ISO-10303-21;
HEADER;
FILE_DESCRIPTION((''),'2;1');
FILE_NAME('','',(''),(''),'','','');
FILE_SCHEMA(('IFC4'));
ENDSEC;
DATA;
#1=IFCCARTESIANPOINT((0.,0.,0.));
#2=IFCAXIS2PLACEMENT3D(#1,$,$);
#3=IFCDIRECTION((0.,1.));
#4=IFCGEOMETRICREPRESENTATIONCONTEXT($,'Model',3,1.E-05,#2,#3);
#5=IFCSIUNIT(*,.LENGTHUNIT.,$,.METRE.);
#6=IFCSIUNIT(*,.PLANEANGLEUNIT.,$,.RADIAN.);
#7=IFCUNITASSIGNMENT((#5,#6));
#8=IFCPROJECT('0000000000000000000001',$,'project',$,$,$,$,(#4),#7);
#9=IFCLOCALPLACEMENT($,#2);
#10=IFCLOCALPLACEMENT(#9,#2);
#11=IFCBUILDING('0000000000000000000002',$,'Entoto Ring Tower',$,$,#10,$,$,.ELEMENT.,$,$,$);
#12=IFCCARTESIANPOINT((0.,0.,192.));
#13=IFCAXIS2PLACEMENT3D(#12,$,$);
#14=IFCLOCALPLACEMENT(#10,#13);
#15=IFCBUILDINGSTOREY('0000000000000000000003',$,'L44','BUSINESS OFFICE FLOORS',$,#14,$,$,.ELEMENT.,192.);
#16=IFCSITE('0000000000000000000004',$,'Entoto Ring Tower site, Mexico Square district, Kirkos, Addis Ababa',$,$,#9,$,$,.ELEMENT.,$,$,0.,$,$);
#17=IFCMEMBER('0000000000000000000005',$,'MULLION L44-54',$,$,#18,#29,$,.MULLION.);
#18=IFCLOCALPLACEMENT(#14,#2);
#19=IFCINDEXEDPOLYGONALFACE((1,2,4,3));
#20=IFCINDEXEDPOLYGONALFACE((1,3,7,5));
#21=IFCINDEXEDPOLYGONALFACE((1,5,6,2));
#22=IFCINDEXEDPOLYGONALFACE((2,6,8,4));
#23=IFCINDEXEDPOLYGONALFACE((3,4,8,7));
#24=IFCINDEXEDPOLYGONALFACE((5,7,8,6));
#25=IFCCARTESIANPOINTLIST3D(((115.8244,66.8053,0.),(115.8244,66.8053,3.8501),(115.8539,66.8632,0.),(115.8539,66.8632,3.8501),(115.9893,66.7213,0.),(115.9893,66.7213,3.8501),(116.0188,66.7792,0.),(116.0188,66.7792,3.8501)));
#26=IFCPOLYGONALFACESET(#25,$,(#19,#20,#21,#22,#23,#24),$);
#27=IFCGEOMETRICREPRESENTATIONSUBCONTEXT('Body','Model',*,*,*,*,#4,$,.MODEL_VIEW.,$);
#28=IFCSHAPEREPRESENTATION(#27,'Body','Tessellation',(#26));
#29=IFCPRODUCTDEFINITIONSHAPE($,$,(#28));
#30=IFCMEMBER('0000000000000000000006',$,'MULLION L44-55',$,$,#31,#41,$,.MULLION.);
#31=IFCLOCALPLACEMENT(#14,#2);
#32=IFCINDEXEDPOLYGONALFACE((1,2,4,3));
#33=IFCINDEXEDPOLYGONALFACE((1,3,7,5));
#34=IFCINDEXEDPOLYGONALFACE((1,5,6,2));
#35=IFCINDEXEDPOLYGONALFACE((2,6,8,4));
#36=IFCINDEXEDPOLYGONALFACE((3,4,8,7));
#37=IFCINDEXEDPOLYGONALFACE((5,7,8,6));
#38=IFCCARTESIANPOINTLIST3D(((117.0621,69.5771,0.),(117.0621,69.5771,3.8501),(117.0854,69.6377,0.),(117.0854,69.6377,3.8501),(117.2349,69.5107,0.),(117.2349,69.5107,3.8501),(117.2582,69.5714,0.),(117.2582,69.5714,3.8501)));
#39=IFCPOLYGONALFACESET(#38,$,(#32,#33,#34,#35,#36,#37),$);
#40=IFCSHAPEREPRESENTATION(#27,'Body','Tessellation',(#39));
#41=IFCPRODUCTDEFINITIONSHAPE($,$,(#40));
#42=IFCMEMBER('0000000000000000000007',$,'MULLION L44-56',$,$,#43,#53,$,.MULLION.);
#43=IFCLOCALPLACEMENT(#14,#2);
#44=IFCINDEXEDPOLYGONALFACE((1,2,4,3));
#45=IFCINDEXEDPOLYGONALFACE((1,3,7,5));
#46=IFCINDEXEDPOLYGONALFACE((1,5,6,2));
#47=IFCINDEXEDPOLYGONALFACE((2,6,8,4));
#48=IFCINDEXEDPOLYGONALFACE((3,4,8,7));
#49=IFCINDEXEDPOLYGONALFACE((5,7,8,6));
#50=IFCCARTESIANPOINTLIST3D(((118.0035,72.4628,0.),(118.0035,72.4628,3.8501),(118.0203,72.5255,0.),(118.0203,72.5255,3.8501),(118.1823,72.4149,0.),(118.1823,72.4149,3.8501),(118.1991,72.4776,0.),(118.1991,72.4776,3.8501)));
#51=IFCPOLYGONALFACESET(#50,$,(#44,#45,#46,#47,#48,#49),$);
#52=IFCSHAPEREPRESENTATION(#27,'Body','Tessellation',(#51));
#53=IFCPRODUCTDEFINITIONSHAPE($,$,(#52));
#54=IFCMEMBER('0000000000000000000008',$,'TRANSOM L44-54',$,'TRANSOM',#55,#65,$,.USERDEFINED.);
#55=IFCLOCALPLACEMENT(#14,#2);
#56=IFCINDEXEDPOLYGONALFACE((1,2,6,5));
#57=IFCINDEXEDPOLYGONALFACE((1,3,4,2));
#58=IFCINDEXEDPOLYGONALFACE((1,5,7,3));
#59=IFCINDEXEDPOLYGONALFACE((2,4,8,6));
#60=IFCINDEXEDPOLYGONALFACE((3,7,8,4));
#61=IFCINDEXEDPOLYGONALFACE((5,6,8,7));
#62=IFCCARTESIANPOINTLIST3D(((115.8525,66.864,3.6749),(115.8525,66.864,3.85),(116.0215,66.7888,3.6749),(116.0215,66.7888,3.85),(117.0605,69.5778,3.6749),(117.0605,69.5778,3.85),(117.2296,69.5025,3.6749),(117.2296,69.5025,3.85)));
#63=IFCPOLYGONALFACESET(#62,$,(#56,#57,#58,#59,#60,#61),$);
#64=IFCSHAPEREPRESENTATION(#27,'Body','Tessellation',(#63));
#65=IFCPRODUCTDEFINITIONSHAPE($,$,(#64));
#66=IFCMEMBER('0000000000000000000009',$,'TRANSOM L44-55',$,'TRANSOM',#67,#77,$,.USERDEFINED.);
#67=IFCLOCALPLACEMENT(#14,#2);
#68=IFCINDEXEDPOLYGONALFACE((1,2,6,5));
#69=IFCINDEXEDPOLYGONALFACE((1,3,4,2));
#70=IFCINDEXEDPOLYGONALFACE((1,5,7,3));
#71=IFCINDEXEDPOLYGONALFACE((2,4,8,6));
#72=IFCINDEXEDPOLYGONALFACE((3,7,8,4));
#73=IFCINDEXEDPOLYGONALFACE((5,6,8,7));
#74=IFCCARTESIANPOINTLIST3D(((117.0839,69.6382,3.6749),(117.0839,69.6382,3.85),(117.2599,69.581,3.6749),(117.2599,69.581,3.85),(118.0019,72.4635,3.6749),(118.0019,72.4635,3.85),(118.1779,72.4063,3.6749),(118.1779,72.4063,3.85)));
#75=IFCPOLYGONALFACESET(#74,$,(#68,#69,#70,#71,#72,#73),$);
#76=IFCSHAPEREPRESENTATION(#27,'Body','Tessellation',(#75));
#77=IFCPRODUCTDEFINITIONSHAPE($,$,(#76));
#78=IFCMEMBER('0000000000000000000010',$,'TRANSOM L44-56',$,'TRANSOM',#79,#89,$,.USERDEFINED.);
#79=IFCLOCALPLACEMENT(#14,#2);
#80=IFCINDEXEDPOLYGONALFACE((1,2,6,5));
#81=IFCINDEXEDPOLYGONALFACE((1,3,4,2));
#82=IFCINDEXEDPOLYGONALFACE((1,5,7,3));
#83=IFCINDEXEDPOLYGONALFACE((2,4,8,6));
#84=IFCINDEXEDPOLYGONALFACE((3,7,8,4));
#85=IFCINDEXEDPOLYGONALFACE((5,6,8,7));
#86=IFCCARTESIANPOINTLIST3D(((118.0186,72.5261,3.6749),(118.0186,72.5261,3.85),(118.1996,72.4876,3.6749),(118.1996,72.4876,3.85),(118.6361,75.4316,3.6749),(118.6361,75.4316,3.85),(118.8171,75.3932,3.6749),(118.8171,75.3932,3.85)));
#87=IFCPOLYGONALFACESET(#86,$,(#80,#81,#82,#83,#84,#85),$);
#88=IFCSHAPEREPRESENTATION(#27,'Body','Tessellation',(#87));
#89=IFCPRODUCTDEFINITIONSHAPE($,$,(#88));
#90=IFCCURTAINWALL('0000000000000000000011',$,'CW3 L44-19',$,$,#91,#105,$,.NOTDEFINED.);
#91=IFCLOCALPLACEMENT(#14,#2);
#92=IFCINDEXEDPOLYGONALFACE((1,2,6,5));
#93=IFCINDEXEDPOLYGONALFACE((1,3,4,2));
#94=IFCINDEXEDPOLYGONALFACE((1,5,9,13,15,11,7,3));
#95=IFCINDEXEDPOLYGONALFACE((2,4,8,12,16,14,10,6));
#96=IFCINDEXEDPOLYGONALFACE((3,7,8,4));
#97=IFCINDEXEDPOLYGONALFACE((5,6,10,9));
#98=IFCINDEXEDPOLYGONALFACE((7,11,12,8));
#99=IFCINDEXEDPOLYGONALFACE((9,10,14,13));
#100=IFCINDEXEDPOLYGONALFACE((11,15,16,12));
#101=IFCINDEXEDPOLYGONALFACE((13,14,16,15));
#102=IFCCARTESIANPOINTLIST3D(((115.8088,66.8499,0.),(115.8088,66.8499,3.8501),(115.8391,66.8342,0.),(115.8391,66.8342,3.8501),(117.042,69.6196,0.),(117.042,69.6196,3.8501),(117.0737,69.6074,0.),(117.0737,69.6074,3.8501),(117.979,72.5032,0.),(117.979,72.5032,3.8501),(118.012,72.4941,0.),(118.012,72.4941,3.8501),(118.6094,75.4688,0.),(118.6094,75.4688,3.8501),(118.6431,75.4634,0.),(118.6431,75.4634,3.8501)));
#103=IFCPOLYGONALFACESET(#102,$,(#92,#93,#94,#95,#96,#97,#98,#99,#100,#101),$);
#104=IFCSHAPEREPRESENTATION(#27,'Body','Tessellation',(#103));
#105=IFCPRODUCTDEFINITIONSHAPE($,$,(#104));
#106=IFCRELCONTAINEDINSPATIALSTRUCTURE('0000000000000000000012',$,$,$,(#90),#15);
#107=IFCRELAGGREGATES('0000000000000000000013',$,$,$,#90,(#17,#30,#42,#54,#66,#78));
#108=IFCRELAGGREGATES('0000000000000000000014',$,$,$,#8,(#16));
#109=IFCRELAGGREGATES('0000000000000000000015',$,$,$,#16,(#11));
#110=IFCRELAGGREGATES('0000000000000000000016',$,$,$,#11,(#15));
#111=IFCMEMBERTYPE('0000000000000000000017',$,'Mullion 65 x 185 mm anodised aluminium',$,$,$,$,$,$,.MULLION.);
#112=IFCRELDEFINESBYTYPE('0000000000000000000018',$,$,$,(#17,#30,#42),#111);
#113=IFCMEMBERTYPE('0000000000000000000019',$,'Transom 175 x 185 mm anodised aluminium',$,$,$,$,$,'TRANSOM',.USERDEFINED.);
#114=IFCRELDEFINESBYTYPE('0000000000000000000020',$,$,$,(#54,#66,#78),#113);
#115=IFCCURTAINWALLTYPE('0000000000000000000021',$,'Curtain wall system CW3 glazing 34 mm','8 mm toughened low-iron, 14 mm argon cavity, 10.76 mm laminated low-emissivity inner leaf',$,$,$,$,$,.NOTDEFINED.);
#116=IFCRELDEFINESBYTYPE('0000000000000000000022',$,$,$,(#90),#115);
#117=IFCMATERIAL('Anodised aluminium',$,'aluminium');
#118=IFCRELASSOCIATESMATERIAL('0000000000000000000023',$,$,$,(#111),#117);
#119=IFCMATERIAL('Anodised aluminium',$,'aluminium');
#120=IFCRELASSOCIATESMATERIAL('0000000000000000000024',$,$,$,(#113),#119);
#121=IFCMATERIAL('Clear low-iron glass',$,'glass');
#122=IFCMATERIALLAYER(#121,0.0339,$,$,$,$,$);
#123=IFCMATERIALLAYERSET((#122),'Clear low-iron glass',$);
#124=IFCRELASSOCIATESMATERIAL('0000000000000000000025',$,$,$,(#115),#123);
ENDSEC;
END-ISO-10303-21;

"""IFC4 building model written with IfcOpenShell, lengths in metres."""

from ifc_helpers import new_model, si_unit, direction, frame, origin, origin_2d, place, context, subcontext, project, spatial, polyline, rectangle, outline, extrude, material, layer, layer_set, material_profile, profile_set, type_object, element, aggregate, save


model = new_model("IFC4")

# Units and contexts
model_context = context("Model", 3, precision=1e-05, world=origin(), true_north=direction((0.0, 1.0)))
body_context = subcontext(model_context, "Body", "Model", "MODEL_VIEW")
ifc_project = project(units=[si_unit("LENGTHUNIT", "METRE"), si_unit("PLANEANGLEUNIT", "RADIAN")], contexts=[model_context])

# Members
ifc_material_1 = material(Name="Anodised aluminium", Category="aluminium")
ifc_material_profile_1 = material_profile(ifc_material_1, rectangle(XDim=0.0649, YDim=0.1851, at=origin_2d()), Name="Mullion 65 x 185 mm anodised aluminium")
ifc_profile_set_1 = profile_set([ifc_material_profile_1], Name="Anodised aluminium")
member_type_1 = type_object("IfcMemberType", Name="Mullion 65 x 185 mm anodised aluminium", PredefinedType="MULLION", material=ifc_profile_set_1)
site_placement = place(None, origin())
building_placement = place(site_placement, origin())
storey_placement = place(building_placement, frame((0.0, 0.0, 192.0)))
member_1_placement = place(storey_placement, frame((115.9216, 66.7922, 0.0), z_axis=(0.0, 0.0, 1.0), x_axis=(0.45399, 0.891007, 0.0)))
member_1 = element("IfcMember", 1, at=member_1_placement, type_object=member_type_1, Name="MULLION L44-54", PredefinedType="MULLION", context=body_context, shape_type="SweptSolid", body=[
    extrude(rectangle(XDim=0.0649, YDim=0.1851, at=origin_2d()), origin(), (0.0, 0.0, 1.0), 3.8501),
])
member_2_placement = place(storey_placement, frame((117.1602, 69.5742, 0.0), z_axis=(0.0, 0.0, 1.0), x_axis=(0.358368, 0.93358, 0.0)))
member_2 = element("IfcMember", 2, at=member_2_placement, type_object=member_type_1, Name="MULLION L44-55", PredefinedType="MULLION", context=body_context, shape_type="SweptSolid", body=[
    extrude(rectangle(XDim=0.0649, YDim=0.1851, at=origin_2d()), origin(), (0.0, 0.0, 1.0), 3.8501),
])
member_3_placement = place(storey_placement, frame((118.1013, 72.4702, 0.0), z_axis=(0.0, 0.0, 1.0), x_axis=(0.258819, 0.965926, 0.0)))
member_3 = element("IfcMember", 3, at=member_3_placement, type_object=member_type_1, Name="MULLION L44-56", PredefinedType="MULLION", context=body_context, shape_type="SweptSolid", body=[
    extrude(rectangle(XDim=0.0649, YDim=0.1851, at=origin_2d()), origin(), (0.0, 0.0, 1.0), 3.8501),
])
ifc_material_2 = material(Name="Anodised aluminium", Category="aluminium")
ifc_material_profile_2 = material_profile(ifc_material_2, rectangle(XDim=0.1851, YDim=0.175, at=origin_2d()), Name="Transom 175 x 185 mm anodised aluminium")
ifc_profile_set_2 = profile_set([ifc_material_profile_2], Name="Anodised aluminium")
member_type_2 = type_object("IfcMemberType", Name="Transom 175 x 185 mm anodised aluminium", ElementType="TRANSOM", PredefinedType="USERDEFINED", material=ifc_profile_set_2)
member_4_placement = place(storey_placement, frame((115.937, 66.8264, 3.7625), z_axis=(0.406687, 0.913567, 0.0), x_axis=(-0.913567, 0.406687, 0.0)))
member_4 = element("IfcMember", 4, at=member_4_placement, type_object=member_type_2, Name="TRANSOM L44-54", ObjectType="TRANSOM", PredefinedType="USERDEFINED", context=body_context, shape_type="SweptSolid", body=[
    extrude(rectangle(XDim=0.1851, YDim=0.175, at=origin_2d()), origin(), (0.0, 0.0, 1.0), 2.9705),
])
member_5_placement = place(storey_placement, frame((117.1719, 69.6096, 3.7625), z_axis=(0.309019, 0.951056, 0.0), x_axis=(-0.951056, 0.309019, 0.0)))
member_5 = element("IfcMember", 5, at=member_5_placement, type_object=member_type_2, Name="TRANSOM L44-55", ObjectType="TRANSOM", PredefinedType="USERDEFINED", context=body_context, shape_type="SweptSolid", body=[
    extrude(rectangle(XDim=0.1851, YDim=0.175, at=origin_2d()), origin(), (0.0, 0.0, 1.0), 2.9707),
])
member_6_placement = place(storey_placement, frame((118.1091, 72.5068, 3.7625), z_axis=(0.207862, 0.978158, 0.0), x_axis=(-0.978158, 0.207862, 0.0)))
member_6 = element("IfcMember", 6, at=member_6_placement, type_object=member_type_2, Name="TRANSOM L44-56", ObjectType="TRANSOM", PredefinedType="USERDEFINED", context=body_context, shape_type="SweptSolid", body=[
    extrude(rectangle(XDim=0.1851, YDim=0.175, at=origin_2d()), origin(), (0.0, 0.0, 1.0), 2.9705),
])

# Site, building, storey
site = spatial("IfcSite", under=ifc_project, at=site_placement, Name="Entoto Ring Tower site, Mexico Square district, Kirkos, Addis Ababa", CompositionType="ELEMENT", RefElevation=0.0)
building = spatial("IfcBuilding", under=site, at=building_placement, Name="Entoto Ring Tower", CompositionType="ELEMENT")
storey = spatial("IfcBuildingStorey", under=building, at=storey_placement, Name="L44", Description="BUSINESS OFFICE FLOORS", CompositionType="ELEMENT", Elevation=192.0)

# Curtain wall
ifc_material_3 = material(Name="Clear low-iron glass", Category="glass")
ifc_layer_1 = layer(ifc_material_3, 0.0339)
ifc_layer_set_1 = layer_set([ifc_layer_1], Name="Clear low-iron glass")
curtain_wall_type = type_object("IfcCurtainWallType", Name="Curtain wall system CW3 glazing 34 mm", Description="8 mm toughened low-iron, 14 mm argon cavity, 10.76 mm laminated low-emissivity inner leaf", PredefinedType="NOTDEFINED", material=ifc_layer_set_1)
curtain_wall_1_placement = place(storey_placement, origin())
curtain_wall_1 = element("IfcCurtainWall", 7, at=curtain_wall_1_placement, inside=storey, type_object=curtain_wall_type, Name="CW3 L44-19", PredefinedType="NOTDEFINED", context=body_context, shape_type="SweptSolid", body=[
    extrude(outline(polyline([(115.8391, 66.8342), (117.0737, 69.6074), (118.012, 72.4941), (118.6431, 75.4634), (118.6094, 75.4688), (117.979, 72.5032), (117.042, 69.6196), (115.8088, 66.8499), (115.8391, 66.8342)])), origin(), (0.0, 0.0, 1.0), 3.8501),
])
aggregate(curtain_wall_1, [member_1, member_2, member_3, member_4, member_5, member_6])

save(model, "model.ifc")
